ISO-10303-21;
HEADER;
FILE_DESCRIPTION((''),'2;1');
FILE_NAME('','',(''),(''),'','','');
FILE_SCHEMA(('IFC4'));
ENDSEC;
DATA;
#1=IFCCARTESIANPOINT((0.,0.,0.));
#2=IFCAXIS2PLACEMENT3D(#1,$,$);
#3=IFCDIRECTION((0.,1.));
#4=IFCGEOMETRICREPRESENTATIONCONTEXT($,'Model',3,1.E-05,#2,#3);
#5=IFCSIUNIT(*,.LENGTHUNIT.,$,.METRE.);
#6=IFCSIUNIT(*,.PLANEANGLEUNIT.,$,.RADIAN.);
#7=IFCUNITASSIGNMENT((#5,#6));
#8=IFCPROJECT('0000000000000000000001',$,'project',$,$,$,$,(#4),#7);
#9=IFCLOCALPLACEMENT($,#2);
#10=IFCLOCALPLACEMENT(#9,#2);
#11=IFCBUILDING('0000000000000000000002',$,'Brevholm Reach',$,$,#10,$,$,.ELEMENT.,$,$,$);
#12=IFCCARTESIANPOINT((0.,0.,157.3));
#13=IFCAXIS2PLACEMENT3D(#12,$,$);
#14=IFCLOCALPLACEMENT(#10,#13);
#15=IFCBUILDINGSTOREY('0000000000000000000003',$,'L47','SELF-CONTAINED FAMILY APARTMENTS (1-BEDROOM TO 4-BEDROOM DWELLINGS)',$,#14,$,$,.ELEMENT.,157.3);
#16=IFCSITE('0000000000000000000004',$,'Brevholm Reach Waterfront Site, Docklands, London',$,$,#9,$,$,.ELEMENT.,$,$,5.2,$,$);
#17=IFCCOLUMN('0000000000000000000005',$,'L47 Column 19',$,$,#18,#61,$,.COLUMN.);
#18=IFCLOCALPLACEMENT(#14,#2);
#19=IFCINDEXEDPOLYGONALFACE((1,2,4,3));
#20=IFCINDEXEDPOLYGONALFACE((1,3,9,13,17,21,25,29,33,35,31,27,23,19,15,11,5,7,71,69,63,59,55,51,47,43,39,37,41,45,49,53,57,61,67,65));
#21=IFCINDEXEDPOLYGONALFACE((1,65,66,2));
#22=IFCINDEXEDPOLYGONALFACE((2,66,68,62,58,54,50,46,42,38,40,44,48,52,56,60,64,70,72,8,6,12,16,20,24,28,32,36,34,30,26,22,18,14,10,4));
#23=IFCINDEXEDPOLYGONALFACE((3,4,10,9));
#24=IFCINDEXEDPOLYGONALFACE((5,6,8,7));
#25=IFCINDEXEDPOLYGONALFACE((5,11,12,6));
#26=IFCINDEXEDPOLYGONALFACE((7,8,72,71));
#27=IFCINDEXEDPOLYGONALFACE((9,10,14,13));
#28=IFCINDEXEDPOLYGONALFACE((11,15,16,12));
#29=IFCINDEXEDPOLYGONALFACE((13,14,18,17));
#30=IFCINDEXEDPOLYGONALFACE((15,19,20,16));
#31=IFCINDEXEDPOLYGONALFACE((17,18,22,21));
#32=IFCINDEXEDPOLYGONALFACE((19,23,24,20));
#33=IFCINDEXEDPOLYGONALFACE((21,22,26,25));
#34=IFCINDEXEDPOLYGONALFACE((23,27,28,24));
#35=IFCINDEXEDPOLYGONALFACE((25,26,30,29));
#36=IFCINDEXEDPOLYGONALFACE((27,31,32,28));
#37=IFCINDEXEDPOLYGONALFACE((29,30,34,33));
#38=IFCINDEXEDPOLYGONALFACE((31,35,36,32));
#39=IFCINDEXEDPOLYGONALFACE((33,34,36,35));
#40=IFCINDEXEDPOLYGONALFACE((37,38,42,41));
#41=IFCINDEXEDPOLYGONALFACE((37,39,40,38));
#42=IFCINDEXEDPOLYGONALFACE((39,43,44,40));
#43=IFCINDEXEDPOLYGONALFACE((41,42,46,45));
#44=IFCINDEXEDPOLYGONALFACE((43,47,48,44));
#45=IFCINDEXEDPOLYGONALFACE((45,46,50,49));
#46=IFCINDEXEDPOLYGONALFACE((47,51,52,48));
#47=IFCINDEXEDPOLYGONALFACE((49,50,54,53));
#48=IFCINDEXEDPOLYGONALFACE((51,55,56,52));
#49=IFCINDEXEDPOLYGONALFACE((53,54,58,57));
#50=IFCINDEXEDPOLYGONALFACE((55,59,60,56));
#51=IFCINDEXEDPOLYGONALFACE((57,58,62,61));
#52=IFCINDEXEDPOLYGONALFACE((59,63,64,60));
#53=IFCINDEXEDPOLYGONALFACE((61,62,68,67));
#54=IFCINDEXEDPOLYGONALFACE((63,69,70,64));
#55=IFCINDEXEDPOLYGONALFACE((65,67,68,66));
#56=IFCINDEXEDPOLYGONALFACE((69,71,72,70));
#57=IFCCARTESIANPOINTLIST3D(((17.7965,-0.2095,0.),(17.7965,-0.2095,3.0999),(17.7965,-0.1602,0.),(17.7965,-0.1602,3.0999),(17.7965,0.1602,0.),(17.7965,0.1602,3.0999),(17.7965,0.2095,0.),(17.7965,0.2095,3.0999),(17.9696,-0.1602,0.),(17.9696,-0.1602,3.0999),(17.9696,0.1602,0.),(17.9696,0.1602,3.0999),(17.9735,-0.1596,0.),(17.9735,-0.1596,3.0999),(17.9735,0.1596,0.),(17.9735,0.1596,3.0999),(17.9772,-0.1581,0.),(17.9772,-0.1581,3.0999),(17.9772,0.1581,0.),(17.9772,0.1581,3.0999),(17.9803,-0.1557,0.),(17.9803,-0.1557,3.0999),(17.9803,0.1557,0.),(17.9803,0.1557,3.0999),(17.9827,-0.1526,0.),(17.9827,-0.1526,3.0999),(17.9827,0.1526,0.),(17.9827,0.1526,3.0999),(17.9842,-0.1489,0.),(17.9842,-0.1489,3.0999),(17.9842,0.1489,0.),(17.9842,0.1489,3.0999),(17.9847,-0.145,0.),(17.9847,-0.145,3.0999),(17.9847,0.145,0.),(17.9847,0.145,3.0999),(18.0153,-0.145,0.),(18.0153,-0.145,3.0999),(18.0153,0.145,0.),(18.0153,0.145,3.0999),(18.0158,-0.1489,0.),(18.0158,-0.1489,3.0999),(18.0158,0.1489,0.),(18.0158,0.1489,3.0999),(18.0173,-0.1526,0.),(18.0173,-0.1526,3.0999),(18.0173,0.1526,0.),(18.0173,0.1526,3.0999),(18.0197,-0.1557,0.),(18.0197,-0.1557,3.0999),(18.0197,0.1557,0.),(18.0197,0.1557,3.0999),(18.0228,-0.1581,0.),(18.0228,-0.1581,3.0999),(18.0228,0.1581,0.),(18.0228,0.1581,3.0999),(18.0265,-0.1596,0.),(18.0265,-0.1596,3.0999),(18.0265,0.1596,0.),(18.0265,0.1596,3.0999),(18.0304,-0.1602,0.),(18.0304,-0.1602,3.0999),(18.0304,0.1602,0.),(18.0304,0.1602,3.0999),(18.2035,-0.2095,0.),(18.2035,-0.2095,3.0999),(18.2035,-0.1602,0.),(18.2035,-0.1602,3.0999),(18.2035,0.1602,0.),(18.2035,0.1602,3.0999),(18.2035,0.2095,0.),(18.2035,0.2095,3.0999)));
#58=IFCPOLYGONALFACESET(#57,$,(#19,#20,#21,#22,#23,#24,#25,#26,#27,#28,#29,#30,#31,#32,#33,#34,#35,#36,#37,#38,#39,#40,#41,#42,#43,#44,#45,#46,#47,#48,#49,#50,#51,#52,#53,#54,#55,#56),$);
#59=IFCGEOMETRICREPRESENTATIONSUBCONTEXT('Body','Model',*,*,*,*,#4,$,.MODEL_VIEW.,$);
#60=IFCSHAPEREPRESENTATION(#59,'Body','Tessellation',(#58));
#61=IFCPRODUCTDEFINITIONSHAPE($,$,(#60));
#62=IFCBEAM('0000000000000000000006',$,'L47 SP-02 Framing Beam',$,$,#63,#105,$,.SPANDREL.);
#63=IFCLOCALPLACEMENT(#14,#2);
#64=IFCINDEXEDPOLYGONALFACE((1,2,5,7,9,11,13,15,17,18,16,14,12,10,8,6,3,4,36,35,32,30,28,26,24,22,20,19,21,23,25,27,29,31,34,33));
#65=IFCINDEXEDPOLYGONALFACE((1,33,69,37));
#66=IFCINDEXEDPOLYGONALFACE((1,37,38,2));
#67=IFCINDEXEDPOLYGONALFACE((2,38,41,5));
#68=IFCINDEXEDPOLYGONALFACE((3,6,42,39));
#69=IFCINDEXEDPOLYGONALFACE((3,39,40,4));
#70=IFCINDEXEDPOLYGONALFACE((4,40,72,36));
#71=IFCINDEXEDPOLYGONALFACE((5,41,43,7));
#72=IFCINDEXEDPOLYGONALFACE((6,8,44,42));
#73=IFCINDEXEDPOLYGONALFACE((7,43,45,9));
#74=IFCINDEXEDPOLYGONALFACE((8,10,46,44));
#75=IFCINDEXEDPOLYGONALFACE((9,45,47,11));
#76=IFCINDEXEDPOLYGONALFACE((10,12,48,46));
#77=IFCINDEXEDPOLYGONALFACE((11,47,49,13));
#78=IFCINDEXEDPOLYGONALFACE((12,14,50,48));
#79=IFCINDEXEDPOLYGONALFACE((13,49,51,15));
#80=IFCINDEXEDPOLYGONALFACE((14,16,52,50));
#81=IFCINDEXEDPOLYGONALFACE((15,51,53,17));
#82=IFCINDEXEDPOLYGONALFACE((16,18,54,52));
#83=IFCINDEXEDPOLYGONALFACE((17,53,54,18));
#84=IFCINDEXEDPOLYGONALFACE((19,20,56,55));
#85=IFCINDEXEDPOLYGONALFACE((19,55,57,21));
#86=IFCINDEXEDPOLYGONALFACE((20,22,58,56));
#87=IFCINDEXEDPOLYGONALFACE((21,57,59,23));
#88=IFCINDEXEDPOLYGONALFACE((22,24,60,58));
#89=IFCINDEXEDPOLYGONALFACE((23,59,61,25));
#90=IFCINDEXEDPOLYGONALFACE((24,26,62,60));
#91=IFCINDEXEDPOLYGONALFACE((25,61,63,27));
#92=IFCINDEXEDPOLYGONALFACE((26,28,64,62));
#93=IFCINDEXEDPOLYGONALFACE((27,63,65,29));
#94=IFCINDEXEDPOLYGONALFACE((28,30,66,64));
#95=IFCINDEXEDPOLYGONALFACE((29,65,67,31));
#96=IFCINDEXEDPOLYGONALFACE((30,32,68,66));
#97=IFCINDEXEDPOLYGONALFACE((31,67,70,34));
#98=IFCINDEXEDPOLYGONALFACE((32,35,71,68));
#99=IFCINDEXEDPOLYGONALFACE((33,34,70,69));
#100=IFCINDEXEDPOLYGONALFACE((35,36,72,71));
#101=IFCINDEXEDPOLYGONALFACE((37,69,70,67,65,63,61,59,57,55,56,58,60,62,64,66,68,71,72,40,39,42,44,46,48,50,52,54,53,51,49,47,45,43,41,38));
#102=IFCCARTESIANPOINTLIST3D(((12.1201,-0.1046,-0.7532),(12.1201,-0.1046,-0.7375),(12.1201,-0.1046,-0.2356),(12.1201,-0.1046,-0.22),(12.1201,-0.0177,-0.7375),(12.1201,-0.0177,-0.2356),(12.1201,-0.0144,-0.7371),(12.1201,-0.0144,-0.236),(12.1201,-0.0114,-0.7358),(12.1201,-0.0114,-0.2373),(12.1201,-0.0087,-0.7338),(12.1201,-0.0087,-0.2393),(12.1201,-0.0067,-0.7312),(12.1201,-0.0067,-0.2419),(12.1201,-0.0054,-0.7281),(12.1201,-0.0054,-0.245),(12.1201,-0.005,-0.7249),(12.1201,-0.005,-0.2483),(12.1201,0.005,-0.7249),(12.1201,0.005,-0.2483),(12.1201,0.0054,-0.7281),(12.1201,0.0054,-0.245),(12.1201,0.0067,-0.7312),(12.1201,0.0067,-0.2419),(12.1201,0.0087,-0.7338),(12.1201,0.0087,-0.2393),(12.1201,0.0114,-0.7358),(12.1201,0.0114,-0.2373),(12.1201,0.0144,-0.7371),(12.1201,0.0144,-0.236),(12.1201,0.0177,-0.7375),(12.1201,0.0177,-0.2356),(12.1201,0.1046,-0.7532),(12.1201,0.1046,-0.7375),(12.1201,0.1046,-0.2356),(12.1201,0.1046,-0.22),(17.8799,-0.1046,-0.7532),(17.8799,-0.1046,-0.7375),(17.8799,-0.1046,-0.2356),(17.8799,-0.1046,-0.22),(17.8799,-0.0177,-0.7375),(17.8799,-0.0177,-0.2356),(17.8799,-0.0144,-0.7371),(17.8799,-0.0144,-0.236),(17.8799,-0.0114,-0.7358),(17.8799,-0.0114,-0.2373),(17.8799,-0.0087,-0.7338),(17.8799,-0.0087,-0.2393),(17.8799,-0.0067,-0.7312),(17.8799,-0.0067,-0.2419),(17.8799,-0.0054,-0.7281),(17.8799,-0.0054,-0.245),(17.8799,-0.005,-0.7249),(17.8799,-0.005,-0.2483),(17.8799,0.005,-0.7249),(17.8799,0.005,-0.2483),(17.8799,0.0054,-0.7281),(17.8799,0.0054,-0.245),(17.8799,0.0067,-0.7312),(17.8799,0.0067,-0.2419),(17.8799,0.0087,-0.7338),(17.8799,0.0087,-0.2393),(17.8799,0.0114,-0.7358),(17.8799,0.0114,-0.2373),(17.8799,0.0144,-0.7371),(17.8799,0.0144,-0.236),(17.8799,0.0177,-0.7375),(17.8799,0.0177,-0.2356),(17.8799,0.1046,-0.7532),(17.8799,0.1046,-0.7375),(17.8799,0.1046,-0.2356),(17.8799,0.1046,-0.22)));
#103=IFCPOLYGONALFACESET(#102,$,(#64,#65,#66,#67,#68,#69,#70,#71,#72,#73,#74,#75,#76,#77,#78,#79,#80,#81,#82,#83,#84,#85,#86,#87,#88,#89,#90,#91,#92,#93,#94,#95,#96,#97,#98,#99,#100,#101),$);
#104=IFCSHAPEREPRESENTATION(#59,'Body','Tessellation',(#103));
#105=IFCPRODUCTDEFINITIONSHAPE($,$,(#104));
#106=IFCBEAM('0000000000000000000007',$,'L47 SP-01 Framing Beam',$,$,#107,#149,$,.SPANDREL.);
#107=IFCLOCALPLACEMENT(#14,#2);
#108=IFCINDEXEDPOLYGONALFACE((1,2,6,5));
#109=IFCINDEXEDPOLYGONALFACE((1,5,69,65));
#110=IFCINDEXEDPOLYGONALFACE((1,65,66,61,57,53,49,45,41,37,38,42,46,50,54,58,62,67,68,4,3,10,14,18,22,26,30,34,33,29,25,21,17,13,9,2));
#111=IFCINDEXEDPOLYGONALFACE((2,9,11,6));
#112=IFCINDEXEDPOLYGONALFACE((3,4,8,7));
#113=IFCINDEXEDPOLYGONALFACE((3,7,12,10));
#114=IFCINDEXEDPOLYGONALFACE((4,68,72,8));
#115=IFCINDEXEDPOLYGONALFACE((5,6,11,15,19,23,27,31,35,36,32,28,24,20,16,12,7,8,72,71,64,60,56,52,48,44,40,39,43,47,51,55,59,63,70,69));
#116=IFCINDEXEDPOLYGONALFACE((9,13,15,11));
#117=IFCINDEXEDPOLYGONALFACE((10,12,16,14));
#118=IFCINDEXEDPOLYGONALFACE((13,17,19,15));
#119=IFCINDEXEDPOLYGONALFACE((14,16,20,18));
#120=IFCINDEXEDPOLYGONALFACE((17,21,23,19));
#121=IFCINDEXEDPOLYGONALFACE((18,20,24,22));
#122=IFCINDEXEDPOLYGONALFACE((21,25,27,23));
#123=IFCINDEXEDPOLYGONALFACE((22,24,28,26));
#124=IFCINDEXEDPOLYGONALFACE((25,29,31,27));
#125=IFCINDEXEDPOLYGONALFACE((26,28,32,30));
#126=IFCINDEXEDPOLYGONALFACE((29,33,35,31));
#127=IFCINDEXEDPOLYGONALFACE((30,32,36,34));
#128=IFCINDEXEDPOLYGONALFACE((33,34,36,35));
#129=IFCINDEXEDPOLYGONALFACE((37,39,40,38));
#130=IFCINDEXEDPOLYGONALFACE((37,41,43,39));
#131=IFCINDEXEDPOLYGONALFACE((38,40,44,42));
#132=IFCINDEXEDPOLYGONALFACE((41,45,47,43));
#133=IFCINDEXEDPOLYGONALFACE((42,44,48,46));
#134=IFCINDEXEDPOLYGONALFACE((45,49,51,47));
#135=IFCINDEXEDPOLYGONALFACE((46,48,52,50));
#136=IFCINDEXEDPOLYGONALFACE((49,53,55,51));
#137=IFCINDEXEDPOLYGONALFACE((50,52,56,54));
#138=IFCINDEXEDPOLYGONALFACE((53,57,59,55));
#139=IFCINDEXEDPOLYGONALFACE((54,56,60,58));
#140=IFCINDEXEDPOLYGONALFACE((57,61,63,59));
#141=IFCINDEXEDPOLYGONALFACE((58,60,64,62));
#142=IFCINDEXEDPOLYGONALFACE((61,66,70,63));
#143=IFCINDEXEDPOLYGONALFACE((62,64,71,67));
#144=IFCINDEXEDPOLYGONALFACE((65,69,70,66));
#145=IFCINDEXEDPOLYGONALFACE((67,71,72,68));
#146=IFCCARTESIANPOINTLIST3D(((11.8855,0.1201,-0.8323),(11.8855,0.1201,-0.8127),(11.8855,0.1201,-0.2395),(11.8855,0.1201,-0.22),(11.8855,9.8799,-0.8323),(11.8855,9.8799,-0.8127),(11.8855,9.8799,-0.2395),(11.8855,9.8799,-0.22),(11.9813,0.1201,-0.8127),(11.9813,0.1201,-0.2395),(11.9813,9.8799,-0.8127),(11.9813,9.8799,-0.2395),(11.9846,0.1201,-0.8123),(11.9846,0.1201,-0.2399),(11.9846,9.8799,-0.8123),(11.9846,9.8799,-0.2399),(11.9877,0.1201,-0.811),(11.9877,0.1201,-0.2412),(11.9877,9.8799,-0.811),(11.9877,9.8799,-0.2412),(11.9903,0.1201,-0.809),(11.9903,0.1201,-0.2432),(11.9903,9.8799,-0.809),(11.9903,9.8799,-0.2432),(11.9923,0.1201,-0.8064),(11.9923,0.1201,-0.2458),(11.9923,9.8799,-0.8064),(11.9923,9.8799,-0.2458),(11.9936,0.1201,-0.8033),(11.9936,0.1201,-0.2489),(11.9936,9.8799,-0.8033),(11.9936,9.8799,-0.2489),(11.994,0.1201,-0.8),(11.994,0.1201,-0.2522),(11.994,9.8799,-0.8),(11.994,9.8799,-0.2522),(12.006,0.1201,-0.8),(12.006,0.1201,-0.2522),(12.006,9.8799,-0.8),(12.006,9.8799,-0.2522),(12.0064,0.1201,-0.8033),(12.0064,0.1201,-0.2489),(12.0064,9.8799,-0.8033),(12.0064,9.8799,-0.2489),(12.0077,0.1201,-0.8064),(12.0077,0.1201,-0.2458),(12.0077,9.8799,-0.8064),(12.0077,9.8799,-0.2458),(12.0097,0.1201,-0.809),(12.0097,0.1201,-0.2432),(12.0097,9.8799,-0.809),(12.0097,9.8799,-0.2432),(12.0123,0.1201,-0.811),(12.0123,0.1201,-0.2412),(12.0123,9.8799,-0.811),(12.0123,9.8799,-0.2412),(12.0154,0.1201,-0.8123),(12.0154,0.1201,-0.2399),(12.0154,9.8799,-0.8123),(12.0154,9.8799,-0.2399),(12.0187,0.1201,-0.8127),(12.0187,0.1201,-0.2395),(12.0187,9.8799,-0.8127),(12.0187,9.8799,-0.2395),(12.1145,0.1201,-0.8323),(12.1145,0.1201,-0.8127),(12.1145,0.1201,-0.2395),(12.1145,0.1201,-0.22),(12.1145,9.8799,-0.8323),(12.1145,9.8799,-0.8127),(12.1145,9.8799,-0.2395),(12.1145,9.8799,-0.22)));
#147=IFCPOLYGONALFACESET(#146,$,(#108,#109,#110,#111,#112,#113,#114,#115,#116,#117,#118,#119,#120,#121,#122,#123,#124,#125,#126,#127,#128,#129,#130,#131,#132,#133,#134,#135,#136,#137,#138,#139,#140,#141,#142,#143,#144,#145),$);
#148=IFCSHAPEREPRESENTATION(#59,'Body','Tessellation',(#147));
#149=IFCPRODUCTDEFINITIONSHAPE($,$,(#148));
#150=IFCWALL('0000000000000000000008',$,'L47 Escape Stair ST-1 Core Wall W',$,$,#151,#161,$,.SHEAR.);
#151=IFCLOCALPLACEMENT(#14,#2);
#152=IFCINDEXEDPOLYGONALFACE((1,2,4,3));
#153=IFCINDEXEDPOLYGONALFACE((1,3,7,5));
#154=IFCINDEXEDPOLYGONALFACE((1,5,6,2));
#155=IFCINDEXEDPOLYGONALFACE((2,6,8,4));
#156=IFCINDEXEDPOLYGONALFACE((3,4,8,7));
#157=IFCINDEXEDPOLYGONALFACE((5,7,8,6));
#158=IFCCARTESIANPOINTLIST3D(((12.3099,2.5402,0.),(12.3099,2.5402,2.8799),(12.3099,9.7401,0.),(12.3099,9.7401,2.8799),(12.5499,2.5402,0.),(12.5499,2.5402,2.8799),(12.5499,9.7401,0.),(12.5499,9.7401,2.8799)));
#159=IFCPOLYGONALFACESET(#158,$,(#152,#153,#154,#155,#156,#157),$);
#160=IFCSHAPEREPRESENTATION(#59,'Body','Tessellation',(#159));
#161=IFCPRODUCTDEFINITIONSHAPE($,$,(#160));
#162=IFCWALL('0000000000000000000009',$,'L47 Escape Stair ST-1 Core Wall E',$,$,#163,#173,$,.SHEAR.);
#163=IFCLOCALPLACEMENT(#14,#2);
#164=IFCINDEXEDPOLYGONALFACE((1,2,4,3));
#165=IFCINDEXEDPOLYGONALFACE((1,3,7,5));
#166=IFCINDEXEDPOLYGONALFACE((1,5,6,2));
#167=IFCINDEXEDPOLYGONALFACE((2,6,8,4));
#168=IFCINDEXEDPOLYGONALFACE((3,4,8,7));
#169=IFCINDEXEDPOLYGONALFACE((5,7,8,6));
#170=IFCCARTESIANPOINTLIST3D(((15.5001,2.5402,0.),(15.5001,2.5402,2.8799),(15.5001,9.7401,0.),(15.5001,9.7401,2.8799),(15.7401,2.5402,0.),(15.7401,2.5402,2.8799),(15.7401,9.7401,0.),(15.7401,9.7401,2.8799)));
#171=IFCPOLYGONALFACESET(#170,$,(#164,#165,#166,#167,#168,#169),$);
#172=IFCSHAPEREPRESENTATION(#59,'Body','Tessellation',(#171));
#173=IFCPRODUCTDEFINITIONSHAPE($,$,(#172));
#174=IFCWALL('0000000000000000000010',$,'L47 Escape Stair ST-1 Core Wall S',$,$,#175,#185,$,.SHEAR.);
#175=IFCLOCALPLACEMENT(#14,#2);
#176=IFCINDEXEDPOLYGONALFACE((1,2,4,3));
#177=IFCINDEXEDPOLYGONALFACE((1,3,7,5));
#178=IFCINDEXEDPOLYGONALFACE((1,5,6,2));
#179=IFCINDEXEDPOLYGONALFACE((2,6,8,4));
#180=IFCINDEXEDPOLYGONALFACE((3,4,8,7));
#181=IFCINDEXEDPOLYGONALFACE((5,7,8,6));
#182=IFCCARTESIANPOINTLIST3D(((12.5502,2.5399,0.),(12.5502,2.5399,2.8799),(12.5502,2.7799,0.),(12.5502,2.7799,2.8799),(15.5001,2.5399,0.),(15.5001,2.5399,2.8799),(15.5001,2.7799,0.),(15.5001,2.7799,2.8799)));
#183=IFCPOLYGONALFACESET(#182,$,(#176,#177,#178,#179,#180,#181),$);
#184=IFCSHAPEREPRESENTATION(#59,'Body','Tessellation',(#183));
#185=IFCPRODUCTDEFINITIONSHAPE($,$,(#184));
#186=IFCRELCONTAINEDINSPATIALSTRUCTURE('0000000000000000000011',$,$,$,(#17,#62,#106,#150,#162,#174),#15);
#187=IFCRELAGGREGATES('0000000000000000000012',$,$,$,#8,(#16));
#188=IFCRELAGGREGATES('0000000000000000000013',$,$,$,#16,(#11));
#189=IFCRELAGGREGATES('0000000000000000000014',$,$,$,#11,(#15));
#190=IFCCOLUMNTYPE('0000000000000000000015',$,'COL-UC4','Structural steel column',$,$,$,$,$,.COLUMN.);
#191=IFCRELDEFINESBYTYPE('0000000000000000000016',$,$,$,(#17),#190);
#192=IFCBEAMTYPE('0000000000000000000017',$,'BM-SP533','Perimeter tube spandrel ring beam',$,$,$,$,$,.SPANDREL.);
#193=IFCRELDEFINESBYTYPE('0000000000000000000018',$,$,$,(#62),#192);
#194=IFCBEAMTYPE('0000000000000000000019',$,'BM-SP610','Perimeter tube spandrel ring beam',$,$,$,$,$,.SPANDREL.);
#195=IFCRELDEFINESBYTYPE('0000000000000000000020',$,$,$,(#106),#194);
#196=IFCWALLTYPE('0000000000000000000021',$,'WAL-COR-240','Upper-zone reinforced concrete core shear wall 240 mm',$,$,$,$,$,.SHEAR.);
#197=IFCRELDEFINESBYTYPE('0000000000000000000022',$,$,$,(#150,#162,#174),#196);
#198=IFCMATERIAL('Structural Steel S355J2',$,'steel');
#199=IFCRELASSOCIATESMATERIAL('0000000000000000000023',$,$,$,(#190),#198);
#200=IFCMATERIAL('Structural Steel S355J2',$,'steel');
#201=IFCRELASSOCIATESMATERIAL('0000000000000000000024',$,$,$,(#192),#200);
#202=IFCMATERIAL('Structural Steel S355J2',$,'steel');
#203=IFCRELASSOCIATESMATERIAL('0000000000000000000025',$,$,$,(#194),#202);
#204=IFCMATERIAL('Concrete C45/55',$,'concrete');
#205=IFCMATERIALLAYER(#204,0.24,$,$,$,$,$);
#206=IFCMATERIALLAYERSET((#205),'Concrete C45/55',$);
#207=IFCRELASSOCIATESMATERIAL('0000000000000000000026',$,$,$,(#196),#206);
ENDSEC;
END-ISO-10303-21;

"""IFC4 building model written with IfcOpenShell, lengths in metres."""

from ifc_helpers import new_model, si_unit, direction, frame, frame_2d, origin, origin_2d, place, context, subcontext, project, spatial, rectangle, i_section, extrude, material, layer, layer_set, material_profile, profile_set, type_object, element, save


model = new_model("IFC4")

# Units and contexts
model_context = context("Model", 3, precision=1e-05, world=origin(), true_north=direction((0.0, 1.0)))
body_context = subcontext(model_context, "Body", "Model", "MODEL_VIEW")
ifc_project = project(units=[si_unit("LENGTHUNIT", "METRE"), si_unit("PLANEANGLEUNIT", "RADIAN")], contexts=[model_context])

# Site, building, storey
site_placement = place(None, origin())
site = spatial("IfcSite", under=ifc_project, at=site_placement, Name="Brevholm Reach Waterfront Site, Docklands, London", CompositionType="ELEMENT", RefElevation=5.2)
building_placement = place(site_placement, origin())
building = spatial("IfcBuilding", under=site, at=building_placement, Name="Brevholm Reach", CompositionType="ELEMENT")
storey_placement = place(building_placement, frame((0.0, 0.0, 157.3)))
storey = spatial("IfcBuildingStorey", under=building, at=storey_placement, Name="L47", Description="SELF-CONTAINED FAMILY APARTMENTS (1-BEDROOM TO 4-BEDROOM DWELLINGS)", CompositionType="ELEMENT", Elevation=157.3)

# Column
ifc_material_1 = material(Name="Structural Steel S355J2", Category="steel")
ifc_material_profile_1 = material_profile(ifc_material_1, i_section(OverallWidth=0.407, OverallDepth=0.4189, WebThickness=0.0305, FlangeThickness=0.0493, FilletRadius=0.0151, at=origin_2d()), Name="UKC 356x406x393")
ifc_profile_set_1 = profile_set([ifc_material_profile_1], Name="Structural Steel S355J2")
column_type = type_object("IfcColumnType", Name="COL-UC4", Description="Structural steel column", PredefinedType="COLUMN", material=ifc_profile_set_1)
column_placement = place(storey_placement, frame((18.0, 0.0, 0.0), z_axis=(0.0, 0.0, 1.0), x_axis=(1.0, 0.0, 0.0)))
element("IfcColumn", 1, at=column_placement, inside=storey, type_object=column_type, Name="L47 Column 19", PredefinedType="COLUMN", context=body_context, shape_type="SweptSolid", body=[
    extrude(i_section(OverallWidth=0.407, OverallDepth=0.4189, WebThickness=0.0305, FlangeThickness=0.0493, FilletRadius=0.0151, at=origin_2d()), origin(), (0.0, 0.0, 1.0), 3.0999),
])

# Beams
ifc_material_2 = material(Name="Structural Steel S355J2", Category="steel")
ifc_material_profile_2 = material_profile(ifc_material_2, i_section(OverallWidth=0.2092, OverallDepth=0.5332, WebThickness=0.01, FlangeThickness=0.0156, FilletRadius=0.0127, at=origin_2d()), Name="UKB 533x210x92")
ifc_profile_set_2 = profile_set([ifc_material_profile_2], Name="Structural Steel S355J2")
beam_type_1 = type_object("IfcBeamType", Name="BM-SP533", Description="Perimeter tube spandrel ring beam", PredefinedType="SPANDREL", material=ifc_profile_set_2)
beam_1_placement = place(storey_placement, frame((12.1201, 0.0, -0.4866), z_axis=(1.0, 0.0, 0.0), x_axis=(0.0, 1.0, 0.0)))
element("IfcBeam", 2, at=beam_1_placement, inside=storey, type_object=beam_type_1, Name="L47 SP-02 Framing Beam", PredefinedType="SPANDREL", context=body_context, shape_type="SweptSolid", body=[
    extrude(i_section(OverallWidth=0.2092, OverallDepth=0.5332, WebThickness=0.01, FlangeThickness=0.0156, FilletRadius=0.0127, at=origin_2d()), origin(), (0.0, 0.0, 1.0), 5.7598),
])
ifc_material_3 = material(Name="Structural Steel S355J2", Category="steel")
ifc_material_profile_3 = material_profile(ifc_material_3, i_section(OverallWidth=0.229, OverallDepth=0.6123, WebThickness=0.012, FlangeThickness=0.0195, FilletRadius=0.0127, at=origin_2d()), Name="UKB 610x229x125")
ifc_profile_set_3 = profile_set([ifc_material_profile_3], Name="Structural Steel S355J2")
beam_type_2 = type_object("IfcBeamType", Name="BM-SP610", Description="Perimeter tube spandrel ring beam", PredefinedType="SPANDREL", material=ifc_profile_set_3)
beam_2_placement = place(storey_placement, frame((12.0, 0.1201, -0.5261), z_axis=(0.0, 1.0, 0.0), x_axis=(-1.0, 0.0, 0.0)))
element("IfcBeam", 3, at=beam_2_placement, inside=storey, type_object=beam_type_2, Name="L47 SP-01 Framing Beam", PredefinedType="SPANDREL", context=body_context, shape_type="SweptSolid", body=[
    extrude(i_section(OverallWidth=0.229, OverallDepth=0.6123, WebThickness=0.012, FlangeThickness=0.0195, FilletRadius=0.0127, at=origin_2d()), origin(), (0.0, 0.0, 1.0), 9.7598),
])

# Walls
ifc_material_4 = material(Name="Concrete C45/55", Category="concrete")
ifc_layer_1 = layer(ifc_material_4, 0.24)
ifc_layer_set_1 = layer_set([ifc_layer_1], Name="Concrete C45/55")
wall_type_1 = type_object("IfcWallType", Name="WAL-COR-240", Description="Upper-zone reinforced concrete core shear wall 240 mm", PredefinedType="SHEAR", material=ifc_layer_set_1)
for number, where, z_axis, x_axis, name in (
    (4, (12.4299, 2.54, 0.0), (0.0, 0.0, 1.0), (0.0, 1.0, 0.0), "L47 Escape Stair ST-1 Core Wall W"),
    (5, (15.6201, 2.54, 0.0), (0.0, 0.0, 1.0), (0.0, 1.0, 0.0), "L47 Escape Stair ST-1 Core Wall E"),
):
    element("IfcWall", number, at=place(storey_placement, frame(where, z_axis=z_axis, x_axis=x_axis)), inside=storey, type_object=wall_type_1, Name=name, PredefinedType="SHEAR", context=body_context, shape_type="SweptSolid", body=[
        extrude(rectangle(XDim=7.2, YDim=0.24, at=frame_2d((3.6001, 0.0))), origin(), (0.0, 0.0, 1.0), 2.8799),
    ])
wall_1_placement = place(storey_placement, frame((12.55, 2.6599, 0.0), z_axis=(0.0, 0.0, 1.0), x_axis=(1.0, 0.0, 0.0)))
element("IfcWall", 6, at=wall_1_placement, inside=storey, type_object=wall_type_1, Name="L47 Escape Stair ST-1 Core Wall S", PredefinedType="SHEAR", context=body_context, shape_type="SweptSolid", body=[
    extrude(rectangle(XDim=2.95, YDim=0.24, at=frame_2d((1.4751, 0.0))), origin(), (0.0, 0.0, 1.0), 2.8799),
])

save(model, "model.ifc")
